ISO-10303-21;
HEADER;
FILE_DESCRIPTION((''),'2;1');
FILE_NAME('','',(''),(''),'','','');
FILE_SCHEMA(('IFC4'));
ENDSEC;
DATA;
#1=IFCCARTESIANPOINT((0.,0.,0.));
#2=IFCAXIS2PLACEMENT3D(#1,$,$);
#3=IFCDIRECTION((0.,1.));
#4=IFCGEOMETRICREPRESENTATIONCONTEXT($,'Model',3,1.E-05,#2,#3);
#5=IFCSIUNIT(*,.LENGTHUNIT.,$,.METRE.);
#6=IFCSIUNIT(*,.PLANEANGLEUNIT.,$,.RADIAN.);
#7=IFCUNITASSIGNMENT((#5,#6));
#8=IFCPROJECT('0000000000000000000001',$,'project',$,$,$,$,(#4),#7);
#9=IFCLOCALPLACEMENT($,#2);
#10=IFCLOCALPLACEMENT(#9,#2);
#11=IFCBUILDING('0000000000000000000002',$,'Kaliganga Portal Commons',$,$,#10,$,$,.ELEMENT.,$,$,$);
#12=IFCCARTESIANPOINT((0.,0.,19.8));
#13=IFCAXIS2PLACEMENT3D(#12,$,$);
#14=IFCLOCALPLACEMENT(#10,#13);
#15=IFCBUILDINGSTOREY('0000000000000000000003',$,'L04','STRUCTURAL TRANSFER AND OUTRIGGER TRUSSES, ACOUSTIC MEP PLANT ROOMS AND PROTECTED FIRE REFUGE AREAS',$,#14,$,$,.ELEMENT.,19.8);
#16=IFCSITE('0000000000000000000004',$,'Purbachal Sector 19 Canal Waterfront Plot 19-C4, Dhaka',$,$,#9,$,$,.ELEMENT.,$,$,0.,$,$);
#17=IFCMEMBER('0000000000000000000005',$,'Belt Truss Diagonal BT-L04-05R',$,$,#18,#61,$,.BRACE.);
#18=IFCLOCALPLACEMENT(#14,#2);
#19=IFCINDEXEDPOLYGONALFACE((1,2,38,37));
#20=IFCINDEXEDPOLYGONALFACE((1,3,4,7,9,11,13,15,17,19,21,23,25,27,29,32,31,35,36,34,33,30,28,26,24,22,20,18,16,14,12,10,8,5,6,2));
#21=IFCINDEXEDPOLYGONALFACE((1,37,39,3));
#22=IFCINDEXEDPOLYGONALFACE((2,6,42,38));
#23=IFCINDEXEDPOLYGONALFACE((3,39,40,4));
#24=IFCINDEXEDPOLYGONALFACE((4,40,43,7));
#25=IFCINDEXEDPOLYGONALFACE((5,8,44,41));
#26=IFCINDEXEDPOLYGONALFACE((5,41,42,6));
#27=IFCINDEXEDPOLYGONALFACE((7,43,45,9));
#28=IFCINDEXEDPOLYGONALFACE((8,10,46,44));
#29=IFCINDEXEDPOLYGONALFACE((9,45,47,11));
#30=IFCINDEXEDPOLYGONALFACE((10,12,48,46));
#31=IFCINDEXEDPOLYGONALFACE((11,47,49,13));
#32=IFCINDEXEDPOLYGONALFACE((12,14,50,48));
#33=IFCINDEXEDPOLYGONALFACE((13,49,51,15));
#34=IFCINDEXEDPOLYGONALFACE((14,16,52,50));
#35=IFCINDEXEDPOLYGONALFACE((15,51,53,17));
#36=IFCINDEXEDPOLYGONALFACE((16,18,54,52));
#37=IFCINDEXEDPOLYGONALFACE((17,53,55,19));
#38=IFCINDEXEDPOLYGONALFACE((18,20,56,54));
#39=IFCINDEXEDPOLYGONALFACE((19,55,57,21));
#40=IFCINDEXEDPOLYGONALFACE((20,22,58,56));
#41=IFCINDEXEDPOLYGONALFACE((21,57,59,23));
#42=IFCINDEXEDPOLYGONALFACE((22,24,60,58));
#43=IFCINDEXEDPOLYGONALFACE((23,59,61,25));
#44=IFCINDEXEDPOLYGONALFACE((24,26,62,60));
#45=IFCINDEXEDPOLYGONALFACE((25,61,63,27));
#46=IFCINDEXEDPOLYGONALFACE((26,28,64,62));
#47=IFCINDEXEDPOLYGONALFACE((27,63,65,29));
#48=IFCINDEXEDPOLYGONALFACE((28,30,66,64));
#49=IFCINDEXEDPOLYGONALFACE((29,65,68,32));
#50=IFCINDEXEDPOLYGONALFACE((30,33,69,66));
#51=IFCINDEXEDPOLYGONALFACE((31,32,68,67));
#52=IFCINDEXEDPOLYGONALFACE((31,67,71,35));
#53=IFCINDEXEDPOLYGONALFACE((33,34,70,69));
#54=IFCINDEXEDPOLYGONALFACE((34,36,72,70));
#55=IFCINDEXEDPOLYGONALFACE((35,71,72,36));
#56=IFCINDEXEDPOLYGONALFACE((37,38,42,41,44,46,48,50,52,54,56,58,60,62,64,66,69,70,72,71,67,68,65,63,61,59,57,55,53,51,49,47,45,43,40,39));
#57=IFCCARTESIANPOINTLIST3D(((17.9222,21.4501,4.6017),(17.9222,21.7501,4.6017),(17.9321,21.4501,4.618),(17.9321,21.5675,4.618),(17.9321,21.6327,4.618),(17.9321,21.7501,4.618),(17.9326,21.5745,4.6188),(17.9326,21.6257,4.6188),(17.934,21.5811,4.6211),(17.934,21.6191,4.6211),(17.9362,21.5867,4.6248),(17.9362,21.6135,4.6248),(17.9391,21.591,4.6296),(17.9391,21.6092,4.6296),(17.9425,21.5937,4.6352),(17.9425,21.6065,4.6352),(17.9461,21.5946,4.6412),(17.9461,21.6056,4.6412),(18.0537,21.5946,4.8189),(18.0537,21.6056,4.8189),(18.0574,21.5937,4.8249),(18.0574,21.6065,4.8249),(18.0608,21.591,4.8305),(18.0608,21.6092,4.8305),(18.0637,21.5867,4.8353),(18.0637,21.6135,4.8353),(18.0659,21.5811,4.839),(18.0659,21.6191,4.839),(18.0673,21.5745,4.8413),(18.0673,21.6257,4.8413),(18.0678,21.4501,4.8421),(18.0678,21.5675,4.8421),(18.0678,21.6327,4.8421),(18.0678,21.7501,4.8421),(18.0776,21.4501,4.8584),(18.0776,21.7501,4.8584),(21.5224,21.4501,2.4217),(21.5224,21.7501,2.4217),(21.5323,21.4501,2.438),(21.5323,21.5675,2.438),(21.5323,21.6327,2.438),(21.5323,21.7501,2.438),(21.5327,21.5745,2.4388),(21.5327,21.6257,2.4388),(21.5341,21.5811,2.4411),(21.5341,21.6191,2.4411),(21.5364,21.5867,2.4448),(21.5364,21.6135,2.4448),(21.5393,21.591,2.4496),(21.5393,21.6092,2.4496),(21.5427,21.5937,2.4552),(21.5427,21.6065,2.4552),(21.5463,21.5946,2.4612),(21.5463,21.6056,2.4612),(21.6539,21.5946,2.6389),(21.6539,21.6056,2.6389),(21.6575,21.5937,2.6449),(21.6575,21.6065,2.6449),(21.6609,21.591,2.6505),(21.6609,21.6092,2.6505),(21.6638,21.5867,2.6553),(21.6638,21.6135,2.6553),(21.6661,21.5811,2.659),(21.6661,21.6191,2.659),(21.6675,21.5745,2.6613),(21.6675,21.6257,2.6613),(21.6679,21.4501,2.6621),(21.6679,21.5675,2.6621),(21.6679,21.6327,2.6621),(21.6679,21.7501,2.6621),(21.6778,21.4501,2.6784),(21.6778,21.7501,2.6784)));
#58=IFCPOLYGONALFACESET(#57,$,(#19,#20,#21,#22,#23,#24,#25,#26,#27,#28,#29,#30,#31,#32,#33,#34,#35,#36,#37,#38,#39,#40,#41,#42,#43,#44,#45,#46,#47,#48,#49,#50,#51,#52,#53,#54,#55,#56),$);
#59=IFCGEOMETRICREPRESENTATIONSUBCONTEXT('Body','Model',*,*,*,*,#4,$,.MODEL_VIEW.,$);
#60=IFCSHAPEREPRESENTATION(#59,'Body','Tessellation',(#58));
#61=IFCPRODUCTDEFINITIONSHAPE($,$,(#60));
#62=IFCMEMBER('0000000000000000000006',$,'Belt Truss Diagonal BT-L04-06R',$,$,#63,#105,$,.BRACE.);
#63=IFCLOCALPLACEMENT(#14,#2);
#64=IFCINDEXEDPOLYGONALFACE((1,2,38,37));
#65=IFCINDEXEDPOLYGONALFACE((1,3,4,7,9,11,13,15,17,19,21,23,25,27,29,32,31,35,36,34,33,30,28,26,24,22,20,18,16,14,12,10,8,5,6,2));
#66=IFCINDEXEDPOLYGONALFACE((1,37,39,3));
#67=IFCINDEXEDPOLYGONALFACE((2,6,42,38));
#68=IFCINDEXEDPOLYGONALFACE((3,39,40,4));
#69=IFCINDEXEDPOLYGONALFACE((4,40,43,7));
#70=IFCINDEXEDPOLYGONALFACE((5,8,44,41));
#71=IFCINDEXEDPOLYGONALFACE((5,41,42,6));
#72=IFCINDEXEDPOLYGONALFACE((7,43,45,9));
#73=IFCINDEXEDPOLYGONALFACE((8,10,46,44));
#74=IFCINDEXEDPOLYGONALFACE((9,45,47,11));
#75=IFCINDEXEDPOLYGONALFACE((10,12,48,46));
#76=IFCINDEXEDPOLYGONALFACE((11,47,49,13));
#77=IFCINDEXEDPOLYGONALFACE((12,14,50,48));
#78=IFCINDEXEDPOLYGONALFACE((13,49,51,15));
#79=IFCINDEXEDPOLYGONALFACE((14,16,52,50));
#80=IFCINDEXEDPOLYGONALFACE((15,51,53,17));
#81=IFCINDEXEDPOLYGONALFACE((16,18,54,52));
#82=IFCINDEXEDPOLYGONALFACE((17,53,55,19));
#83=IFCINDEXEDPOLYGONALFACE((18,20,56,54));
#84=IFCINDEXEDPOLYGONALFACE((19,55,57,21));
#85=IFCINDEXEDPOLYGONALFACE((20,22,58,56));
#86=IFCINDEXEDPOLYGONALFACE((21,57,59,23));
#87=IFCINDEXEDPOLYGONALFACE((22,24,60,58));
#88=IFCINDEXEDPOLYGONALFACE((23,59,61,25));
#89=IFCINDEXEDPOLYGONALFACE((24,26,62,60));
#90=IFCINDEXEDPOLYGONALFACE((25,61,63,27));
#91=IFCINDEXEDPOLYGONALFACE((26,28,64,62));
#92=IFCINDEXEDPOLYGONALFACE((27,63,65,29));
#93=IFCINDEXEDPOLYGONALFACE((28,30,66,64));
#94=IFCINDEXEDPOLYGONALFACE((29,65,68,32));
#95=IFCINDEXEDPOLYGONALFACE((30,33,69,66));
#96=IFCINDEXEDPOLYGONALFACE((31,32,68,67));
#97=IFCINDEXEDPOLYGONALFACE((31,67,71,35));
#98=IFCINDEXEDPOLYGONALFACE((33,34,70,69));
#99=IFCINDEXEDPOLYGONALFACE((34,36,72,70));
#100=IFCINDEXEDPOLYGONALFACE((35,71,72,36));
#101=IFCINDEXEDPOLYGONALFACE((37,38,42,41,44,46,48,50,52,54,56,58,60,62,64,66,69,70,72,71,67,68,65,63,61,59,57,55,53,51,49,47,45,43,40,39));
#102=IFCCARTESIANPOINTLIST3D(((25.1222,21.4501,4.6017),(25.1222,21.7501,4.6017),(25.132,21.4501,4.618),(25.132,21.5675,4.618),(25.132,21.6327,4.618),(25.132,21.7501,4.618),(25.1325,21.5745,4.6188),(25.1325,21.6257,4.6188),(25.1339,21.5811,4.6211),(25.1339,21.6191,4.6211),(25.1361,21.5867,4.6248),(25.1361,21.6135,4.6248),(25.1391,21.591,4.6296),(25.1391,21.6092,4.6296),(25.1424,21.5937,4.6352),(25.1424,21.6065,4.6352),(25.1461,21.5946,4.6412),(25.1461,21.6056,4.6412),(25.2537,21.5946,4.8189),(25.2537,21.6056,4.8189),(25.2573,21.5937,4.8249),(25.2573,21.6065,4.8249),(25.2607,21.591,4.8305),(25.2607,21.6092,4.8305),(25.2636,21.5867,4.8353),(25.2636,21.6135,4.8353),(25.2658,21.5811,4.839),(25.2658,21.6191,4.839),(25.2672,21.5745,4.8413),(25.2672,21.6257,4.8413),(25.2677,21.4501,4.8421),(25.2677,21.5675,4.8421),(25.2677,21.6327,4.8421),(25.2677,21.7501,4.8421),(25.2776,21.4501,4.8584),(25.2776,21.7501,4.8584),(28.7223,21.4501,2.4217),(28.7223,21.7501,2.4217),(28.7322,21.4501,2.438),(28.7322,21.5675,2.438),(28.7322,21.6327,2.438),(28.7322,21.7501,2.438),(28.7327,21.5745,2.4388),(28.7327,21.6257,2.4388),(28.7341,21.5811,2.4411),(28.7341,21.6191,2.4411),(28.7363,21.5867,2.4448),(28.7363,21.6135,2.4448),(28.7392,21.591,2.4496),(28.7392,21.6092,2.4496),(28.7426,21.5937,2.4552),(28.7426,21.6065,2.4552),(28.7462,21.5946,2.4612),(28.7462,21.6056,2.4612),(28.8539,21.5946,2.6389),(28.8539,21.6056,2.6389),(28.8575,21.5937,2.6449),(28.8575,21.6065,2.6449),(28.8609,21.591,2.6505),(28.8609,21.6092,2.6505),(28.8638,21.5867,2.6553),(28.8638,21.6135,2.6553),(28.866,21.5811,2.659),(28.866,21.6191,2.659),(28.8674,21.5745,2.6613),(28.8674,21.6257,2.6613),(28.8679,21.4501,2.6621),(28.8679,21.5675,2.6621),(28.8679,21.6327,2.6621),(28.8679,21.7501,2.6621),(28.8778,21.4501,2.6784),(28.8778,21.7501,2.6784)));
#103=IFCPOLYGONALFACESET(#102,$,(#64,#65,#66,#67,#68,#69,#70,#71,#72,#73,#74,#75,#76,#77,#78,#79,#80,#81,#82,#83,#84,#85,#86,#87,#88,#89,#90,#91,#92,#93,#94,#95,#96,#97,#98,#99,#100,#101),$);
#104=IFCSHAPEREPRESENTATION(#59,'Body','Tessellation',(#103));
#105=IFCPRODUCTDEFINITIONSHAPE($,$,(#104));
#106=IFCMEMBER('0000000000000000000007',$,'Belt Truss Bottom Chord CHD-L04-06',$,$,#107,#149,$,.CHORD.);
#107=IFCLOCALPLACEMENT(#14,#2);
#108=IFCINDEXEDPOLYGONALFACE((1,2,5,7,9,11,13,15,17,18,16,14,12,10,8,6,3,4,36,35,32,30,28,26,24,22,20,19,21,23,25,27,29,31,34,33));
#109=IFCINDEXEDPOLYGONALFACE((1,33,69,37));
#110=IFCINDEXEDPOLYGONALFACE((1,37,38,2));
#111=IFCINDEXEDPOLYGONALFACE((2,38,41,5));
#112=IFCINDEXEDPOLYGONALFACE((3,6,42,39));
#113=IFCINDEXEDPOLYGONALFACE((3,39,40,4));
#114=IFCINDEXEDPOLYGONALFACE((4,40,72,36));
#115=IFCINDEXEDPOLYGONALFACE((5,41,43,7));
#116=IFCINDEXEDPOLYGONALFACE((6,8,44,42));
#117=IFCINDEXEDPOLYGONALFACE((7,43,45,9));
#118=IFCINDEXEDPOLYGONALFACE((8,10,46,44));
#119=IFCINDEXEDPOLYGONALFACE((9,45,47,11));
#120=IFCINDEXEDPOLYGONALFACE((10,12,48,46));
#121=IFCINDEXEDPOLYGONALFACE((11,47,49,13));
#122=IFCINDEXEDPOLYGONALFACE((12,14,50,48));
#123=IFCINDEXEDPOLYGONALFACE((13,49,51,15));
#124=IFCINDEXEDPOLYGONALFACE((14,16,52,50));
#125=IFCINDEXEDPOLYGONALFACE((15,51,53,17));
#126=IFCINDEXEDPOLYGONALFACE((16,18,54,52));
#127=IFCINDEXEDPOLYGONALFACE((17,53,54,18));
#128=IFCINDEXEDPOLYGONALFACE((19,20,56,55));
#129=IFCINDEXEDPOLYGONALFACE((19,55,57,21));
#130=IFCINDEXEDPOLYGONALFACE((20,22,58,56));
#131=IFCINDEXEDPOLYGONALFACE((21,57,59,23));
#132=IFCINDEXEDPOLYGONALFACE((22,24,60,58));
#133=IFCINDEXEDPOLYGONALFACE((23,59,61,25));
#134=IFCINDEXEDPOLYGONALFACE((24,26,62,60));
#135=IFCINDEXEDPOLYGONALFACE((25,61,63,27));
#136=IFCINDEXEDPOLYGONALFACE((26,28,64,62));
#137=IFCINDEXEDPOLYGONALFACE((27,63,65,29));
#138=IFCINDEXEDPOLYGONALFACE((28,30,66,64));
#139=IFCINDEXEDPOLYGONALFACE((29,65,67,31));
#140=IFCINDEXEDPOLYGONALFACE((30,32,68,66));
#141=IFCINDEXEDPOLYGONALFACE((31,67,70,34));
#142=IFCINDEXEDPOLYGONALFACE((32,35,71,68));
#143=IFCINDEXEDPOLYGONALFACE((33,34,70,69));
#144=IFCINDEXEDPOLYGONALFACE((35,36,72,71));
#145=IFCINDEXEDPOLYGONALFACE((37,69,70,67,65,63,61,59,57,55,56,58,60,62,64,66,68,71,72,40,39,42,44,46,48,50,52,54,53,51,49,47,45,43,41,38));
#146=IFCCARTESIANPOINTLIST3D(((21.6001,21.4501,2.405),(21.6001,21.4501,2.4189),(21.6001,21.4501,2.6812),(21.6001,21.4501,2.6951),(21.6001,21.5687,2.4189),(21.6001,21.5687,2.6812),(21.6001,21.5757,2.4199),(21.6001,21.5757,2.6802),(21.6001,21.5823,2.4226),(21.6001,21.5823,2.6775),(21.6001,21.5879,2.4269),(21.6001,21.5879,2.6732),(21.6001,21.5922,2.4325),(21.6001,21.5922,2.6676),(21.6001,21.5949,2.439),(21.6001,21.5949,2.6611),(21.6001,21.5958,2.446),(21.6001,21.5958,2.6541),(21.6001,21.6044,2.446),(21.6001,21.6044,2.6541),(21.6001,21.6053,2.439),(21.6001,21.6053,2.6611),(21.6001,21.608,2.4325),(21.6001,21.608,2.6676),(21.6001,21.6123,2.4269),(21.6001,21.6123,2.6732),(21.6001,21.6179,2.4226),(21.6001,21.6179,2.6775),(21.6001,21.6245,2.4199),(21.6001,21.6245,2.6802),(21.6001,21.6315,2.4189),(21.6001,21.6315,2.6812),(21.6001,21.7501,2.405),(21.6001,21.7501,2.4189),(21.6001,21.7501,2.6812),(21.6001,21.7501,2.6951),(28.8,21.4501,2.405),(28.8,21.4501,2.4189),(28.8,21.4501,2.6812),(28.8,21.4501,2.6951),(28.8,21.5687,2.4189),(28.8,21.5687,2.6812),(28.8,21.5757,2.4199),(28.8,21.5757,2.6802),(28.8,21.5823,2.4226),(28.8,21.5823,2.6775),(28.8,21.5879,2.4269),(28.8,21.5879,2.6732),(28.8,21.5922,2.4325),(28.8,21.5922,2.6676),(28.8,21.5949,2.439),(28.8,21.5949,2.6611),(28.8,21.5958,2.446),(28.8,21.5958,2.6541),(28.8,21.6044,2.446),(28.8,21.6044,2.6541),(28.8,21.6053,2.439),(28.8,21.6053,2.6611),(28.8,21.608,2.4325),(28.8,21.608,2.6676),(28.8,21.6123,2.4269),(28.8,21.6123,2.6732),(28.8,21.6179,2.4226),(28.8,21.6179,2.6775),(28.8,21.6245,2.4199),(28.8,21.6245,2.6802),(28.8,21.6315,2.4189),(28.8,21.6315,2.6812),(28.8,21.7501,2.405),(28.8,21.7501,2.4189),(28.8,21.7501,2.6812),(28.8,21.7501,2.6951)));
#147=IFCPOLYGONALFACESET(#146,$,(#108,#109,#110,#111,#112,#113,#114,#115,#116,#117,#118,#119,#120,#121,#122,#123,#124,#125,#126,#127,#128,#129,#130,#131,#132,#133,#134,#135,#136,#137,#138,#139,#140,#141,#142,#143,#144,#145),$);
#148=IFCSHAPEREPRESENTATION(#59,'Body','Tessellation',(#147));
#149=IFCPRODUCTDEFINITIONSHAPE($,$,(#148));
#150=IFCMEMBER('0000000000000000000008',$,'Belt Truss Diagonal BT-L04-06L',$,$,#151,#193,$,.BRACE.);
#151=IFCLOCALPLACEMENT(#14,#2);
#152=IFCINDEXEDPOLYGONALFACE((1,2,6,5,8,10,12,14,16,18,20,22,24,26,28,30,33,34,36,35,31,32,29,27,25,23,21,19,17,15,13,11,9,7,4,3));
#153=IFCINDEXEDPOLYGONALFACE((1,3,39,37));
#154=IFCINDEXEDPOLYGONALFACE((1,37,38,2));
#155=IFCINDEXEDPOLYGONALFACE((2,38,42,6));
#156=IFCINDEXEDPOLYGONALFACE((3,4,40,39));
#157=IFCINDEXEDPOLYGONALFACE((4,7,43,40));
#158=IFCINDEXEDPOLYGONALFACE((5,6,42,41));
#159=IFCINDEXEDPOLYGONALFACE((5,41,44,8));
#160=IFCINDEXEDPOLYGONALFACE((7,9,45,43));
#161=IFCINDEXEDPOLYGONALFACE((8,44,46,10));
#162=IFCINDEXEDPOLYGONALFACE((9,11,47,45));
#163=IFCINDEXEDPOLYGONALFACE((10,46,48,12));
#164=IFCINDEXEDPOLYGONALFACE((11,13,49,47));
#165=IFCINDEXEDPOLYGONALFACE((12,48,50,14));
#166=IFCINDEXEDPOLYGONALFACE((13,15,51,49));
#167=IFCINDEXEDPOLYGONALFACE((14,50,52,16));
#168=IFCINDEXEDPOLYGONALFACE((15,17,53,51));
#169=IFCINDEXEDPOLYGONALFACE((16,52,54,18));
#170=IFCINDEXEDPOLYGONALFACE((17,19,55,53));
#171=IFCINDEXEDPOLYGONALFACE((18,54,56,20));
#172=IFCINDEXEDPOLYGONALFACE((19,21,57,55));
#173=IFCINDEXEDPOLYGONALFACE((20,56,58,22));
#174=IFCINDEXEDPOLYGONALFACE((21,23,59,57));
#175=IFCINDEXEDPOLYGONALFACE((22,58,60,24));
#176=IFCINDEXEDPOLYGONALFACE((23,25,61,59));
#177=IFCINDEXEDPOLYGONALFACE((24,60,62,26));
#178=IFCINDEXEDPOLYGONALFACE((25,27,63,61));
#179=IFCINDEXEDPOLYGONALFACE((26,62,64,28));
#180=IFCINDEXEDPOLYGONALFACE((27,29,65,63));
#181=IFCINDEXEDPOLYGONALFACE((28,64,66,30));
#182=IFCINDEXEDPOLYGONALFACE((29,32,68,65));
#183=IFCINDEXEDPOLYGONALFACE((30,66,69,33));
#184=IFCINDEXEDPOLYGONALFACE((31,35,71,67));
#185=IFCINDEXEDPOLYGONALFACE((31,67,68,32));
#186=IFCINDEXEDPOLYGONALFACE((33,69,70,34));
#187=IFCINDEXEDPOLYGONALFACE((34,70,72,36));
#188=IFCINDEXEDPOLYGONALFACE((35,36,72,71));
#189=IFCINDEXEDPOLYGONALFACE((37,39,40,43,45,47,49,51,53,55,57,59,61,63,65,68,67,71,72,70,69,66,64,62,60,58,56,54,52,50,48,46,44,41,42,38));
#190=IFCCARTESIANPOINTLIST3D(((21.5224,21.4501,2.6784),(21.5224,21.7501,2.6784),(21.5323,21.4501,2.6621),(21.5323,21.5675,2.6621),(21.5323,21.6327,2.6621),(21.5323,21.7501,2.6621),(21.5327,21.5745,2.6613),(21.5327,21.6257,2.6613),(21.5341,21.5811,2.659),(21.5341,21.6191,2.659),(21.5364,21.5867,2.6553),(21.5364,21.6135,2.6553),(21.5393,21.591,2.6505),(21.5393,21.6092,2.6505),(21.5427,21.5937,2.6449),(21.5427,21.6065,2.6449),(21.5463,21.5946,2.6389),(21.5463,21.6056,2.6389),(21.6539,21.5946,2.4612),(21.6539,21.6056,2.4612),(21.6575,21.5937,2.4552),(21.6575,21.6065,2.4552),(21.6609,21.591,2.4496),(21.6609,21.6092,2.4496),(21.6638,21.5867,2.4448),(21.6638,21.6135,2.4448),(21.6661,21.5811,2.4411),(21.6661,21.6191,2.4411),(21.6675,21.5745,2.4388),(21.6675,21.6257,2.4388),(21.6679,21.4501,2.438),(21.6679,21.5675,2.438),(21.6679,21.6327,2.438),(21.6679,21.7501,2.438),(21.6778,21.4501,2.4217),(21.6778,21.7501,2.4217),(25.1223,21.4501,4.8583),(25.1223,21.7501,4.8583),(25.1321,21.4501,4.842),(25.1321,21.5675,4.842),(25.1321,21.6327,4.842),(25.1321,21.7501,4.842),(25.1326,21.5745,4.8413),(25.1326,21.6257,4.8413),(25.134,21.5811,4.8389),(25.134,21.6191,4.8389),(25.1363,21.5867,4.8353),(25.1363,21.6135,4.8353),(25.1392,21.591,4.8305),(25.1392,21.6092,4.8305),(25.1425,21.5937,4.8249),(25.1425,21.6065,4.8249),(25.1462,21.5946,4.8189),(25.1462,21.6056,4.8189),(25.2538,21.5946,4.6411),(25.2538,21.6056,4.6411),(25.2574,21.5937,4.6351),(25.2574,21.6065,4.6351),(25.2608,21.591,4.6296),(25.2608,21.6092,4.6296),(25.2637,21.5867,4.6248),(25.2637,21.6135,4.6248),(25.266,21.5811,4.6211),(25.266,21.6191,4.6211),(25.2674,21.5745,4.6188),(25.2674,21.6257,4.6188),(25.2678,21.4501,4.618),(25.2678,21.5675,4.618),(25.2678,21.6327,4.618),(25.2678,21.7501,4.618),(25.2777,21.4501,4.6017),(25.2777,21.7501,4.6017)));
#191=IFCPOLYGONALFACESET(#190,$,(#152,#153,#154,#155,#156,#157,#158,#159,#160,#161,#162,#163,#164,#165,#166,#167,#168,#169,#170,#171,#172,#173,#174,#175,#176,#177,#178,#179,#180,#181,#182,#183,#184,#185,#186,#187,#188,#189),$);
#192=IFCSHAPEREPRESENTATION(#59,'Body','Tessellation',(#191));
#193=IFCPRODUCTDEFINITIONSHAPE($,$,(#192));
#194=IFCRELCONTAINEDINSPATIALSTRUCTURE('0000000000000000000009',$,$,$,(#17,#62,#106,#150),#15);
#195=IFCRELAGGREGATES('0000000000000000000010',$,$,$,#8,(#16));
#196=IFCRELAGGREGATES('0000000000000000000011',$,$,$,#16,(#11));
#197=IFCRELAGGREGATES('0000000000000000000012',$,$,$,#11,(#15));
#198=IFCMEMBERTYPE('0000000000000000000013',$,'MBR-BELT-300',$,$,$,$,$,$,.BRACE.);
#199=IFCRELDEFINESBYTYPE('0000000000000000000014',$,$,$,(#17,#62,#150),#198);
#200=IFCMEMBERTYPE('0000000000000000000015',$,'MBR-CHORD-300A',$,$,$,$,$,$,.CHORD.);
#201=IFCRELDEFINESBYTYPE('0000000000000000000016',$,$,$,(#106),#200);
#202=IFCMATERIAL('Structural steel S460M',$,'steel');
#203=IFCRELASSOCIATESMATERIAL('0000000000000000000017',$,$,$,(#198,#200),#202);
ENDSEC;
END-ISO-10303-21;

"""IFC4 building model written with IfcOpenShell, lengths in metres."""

from ifc_helpers import new_model, si_unit, direction, frame, origin, origin_2d, place, context, subcontext, project, spatial, i_section, extrude, source, transform, mapped, material, material_profile, profile_set, type_object, element, save


model = new_model("IFC4")

# Units and contexts
model_context = context("Model", 3, precision=1e-05, world=origin(), true_north=direction((0.0, 1.0)))
body_context = subcontext(model_context, "Body", "Model", "MODEL_VIEW")
ifc_project = project(units=[si_unit("LENGTHUNIT", "METRE"), si_unit("PLANEANGLEUNIT", "RADIAN")], contexts=[model_context])

# Site, building, storey
site_placement = place(None, origin())
site = spatial("IfcSite", under=ifc_project, at=site_placement, Name="Purbachal Sector 19 Canal Waterfront Plot 19-C4, Dhaka", CompositionType="ELEMENT", RefElevation=0.0)
building_placement = place(site_placement, origin())
building = spatial("IfcBuilding", under=site, at=building_placement, Name="Kaliganga Portal Commons", CompositionType="ELEMENT")
storey_placement = place(building_placement, frame((0.0, 0.0, 19.8)))
storey = spatial("IfcBuildingStorey", under=building, at=storey_placement, Name="L04", Description="STRUCTURAL TRANSFER AND OUTRIGGER TRUSSES, ACOUSTIC MEP PLANT ROOMS AND PROTECTED FIRE REFUGE AREAS", CompositionType="ELEMENT", Elevation=19.8)

# Members
ifc_material_1 = material(Name="Structural steel S460M", Category="steel")
ifc_material_profile_1 = material_profile(ifc_material_1, i_section(OverallWidth=0.3, OverallDepth=0.3, WebThickness=0.011, FlangeThickness=0.019, FilletRadius=0.0271, at=origin_2d()), Name="HE 300 B")
ifc_profile_set_1 = profile_set([ifc_material_profile_1], Name="Structural steel S460M wide-flange")
member_type_1 = type_object("IfcMemberType", Name="MBR-BELT-300", PredefinedType="BRACE", material=ifc_profile_set_1)
shared_shape_1 = source(origin(), body_context, "Body", "SweptSolid", [
    extrude(i_section(OverallWidth=0.3, OverallDepth=0.3, WebThickness=0.011, FlangeThickness=0.019, FilletRadius=0.0271, at=origin_2d()), origin(), (0.0, 0.0, 1.0), 4.2087),
])
for number, where, z_axis, x_axis, name in (
    (1, (21.6001, 21.6001, 2.55), (-0.855403, 0.0, 0.517964), (0.0, -1.0, 0.0), "Belt Truss Diagonal BT-L04-05R"),
    (2, (28.8, 21.6001, 2.55), (-0.855403, 0.0, 0.517964), (0.0, -1.0, 0.0), "Belt Truss Diagonal BT-L04-06R"),
):
    element("IfcMember", number, at=place(storey_placement, frame(where, z_axis=z_axis, x_axis=x_axis)), inside=storey, type_object=member_type_1, Name=name, PredefinedType="BRACE", context=body_context, shape_type="MappedRepresentation", body=[
        mapped(shared_shape_1, transform((0.0, 0.0, 0.0), x_axis=(1.0, 0.0, 0.0), y_axis=(0.0, 1.0, 0.0), z_axis=(0.0, 0.0, 1.0), scale=1.0)),
    ])
ifc_material_profile_2 = material_profile(ifc_material_1, i_section(OverallWidth=0.3, OverallDepth=0.29, WebThickness=0.0085, FlangeThickness=0.0139, FilletRadius=0.0271, at=origin_2d()), Name="HE 300 A")
ifc_profile_set_2 = profile_set([ifc_material_profile_2], Name="Structural steel S460M wide-flange")
member_type_2 = type_object("IfcMemberType", Name="MBR-CHORD-300A", PredefinedType="CHORD", material=ifc_profile_set_2)
shared_shape_2 = source(origin(), body_context, "Body", "SweptSolid", [
    extrude(i_section(OverallWidth=0.3, OverallDepth=0.29, WebThickness=0.0085, FlangeThickness=0.0139, FilletRadius=0.0271, at=origin_2d()), origin(), (0.0, 0.0, 1.0), 7.2),
])
member_1_placement = place(storey_placement, frame((21.6001, 21.6001, 2.55), z_axis=(1.0, 0.0, 0.0), x_axis=(0.0, 1.0, 0.0)))
element("IfcMember", 3, at=member_1_placement, inside=storey, type_object=member_type_2, Name="Belt Truss Bottom Chord CHD-L04-06", PredefinedType="CHORD", context=body_context, shape_type="MappedRepresentation", body=[
    mapped(shared_shape_2, transform((0.0, 0.0, 0.0), x_axis=(1.0, 0.0, 0.0), y_axis=(0.0, 1.0, 0.0), z_axis=(0.0, 0.0, 1.0), scale=1.0)),
])
shared_shape_3 = source(origin(), body_context, "Body", "SweptSolid", [
    extrude(i_section(OverallWidth=0.3, OverallDepth=0.3, WebThickness=0.011, FlangeThickness=0.019, FilletRadius=0.0271, at=origin_2d()), origin(), (0.0, 0.0, 1.0), 4.2085),
])
member_2_placement = place(storey_placement, frame((21.6001, 21.6001, 2.55), z_axis=(0.855387, 0.0, 0.517989), x_axis=(0.0, 1.0, 0.0)))
element("IfcMember", 4, at=member_2_placement, inside=storey, type_object=member_type_1, Name="Belt Truss Diagonal BT-L04-06L", PredefinedType="BRACE", context=body_context, shape_type="MappedRepresentation", body=[
    mapped(shared_shape_3, transform((0.0, 0.0, 0.0), x_axis=(1.0, 0.0, 0.0), y_axis=(0.0, 1.0, 0.0), z_axis=(0.0, 0.0, 1.0), scale=1.0)),
])

save(model, "model.ifc")
